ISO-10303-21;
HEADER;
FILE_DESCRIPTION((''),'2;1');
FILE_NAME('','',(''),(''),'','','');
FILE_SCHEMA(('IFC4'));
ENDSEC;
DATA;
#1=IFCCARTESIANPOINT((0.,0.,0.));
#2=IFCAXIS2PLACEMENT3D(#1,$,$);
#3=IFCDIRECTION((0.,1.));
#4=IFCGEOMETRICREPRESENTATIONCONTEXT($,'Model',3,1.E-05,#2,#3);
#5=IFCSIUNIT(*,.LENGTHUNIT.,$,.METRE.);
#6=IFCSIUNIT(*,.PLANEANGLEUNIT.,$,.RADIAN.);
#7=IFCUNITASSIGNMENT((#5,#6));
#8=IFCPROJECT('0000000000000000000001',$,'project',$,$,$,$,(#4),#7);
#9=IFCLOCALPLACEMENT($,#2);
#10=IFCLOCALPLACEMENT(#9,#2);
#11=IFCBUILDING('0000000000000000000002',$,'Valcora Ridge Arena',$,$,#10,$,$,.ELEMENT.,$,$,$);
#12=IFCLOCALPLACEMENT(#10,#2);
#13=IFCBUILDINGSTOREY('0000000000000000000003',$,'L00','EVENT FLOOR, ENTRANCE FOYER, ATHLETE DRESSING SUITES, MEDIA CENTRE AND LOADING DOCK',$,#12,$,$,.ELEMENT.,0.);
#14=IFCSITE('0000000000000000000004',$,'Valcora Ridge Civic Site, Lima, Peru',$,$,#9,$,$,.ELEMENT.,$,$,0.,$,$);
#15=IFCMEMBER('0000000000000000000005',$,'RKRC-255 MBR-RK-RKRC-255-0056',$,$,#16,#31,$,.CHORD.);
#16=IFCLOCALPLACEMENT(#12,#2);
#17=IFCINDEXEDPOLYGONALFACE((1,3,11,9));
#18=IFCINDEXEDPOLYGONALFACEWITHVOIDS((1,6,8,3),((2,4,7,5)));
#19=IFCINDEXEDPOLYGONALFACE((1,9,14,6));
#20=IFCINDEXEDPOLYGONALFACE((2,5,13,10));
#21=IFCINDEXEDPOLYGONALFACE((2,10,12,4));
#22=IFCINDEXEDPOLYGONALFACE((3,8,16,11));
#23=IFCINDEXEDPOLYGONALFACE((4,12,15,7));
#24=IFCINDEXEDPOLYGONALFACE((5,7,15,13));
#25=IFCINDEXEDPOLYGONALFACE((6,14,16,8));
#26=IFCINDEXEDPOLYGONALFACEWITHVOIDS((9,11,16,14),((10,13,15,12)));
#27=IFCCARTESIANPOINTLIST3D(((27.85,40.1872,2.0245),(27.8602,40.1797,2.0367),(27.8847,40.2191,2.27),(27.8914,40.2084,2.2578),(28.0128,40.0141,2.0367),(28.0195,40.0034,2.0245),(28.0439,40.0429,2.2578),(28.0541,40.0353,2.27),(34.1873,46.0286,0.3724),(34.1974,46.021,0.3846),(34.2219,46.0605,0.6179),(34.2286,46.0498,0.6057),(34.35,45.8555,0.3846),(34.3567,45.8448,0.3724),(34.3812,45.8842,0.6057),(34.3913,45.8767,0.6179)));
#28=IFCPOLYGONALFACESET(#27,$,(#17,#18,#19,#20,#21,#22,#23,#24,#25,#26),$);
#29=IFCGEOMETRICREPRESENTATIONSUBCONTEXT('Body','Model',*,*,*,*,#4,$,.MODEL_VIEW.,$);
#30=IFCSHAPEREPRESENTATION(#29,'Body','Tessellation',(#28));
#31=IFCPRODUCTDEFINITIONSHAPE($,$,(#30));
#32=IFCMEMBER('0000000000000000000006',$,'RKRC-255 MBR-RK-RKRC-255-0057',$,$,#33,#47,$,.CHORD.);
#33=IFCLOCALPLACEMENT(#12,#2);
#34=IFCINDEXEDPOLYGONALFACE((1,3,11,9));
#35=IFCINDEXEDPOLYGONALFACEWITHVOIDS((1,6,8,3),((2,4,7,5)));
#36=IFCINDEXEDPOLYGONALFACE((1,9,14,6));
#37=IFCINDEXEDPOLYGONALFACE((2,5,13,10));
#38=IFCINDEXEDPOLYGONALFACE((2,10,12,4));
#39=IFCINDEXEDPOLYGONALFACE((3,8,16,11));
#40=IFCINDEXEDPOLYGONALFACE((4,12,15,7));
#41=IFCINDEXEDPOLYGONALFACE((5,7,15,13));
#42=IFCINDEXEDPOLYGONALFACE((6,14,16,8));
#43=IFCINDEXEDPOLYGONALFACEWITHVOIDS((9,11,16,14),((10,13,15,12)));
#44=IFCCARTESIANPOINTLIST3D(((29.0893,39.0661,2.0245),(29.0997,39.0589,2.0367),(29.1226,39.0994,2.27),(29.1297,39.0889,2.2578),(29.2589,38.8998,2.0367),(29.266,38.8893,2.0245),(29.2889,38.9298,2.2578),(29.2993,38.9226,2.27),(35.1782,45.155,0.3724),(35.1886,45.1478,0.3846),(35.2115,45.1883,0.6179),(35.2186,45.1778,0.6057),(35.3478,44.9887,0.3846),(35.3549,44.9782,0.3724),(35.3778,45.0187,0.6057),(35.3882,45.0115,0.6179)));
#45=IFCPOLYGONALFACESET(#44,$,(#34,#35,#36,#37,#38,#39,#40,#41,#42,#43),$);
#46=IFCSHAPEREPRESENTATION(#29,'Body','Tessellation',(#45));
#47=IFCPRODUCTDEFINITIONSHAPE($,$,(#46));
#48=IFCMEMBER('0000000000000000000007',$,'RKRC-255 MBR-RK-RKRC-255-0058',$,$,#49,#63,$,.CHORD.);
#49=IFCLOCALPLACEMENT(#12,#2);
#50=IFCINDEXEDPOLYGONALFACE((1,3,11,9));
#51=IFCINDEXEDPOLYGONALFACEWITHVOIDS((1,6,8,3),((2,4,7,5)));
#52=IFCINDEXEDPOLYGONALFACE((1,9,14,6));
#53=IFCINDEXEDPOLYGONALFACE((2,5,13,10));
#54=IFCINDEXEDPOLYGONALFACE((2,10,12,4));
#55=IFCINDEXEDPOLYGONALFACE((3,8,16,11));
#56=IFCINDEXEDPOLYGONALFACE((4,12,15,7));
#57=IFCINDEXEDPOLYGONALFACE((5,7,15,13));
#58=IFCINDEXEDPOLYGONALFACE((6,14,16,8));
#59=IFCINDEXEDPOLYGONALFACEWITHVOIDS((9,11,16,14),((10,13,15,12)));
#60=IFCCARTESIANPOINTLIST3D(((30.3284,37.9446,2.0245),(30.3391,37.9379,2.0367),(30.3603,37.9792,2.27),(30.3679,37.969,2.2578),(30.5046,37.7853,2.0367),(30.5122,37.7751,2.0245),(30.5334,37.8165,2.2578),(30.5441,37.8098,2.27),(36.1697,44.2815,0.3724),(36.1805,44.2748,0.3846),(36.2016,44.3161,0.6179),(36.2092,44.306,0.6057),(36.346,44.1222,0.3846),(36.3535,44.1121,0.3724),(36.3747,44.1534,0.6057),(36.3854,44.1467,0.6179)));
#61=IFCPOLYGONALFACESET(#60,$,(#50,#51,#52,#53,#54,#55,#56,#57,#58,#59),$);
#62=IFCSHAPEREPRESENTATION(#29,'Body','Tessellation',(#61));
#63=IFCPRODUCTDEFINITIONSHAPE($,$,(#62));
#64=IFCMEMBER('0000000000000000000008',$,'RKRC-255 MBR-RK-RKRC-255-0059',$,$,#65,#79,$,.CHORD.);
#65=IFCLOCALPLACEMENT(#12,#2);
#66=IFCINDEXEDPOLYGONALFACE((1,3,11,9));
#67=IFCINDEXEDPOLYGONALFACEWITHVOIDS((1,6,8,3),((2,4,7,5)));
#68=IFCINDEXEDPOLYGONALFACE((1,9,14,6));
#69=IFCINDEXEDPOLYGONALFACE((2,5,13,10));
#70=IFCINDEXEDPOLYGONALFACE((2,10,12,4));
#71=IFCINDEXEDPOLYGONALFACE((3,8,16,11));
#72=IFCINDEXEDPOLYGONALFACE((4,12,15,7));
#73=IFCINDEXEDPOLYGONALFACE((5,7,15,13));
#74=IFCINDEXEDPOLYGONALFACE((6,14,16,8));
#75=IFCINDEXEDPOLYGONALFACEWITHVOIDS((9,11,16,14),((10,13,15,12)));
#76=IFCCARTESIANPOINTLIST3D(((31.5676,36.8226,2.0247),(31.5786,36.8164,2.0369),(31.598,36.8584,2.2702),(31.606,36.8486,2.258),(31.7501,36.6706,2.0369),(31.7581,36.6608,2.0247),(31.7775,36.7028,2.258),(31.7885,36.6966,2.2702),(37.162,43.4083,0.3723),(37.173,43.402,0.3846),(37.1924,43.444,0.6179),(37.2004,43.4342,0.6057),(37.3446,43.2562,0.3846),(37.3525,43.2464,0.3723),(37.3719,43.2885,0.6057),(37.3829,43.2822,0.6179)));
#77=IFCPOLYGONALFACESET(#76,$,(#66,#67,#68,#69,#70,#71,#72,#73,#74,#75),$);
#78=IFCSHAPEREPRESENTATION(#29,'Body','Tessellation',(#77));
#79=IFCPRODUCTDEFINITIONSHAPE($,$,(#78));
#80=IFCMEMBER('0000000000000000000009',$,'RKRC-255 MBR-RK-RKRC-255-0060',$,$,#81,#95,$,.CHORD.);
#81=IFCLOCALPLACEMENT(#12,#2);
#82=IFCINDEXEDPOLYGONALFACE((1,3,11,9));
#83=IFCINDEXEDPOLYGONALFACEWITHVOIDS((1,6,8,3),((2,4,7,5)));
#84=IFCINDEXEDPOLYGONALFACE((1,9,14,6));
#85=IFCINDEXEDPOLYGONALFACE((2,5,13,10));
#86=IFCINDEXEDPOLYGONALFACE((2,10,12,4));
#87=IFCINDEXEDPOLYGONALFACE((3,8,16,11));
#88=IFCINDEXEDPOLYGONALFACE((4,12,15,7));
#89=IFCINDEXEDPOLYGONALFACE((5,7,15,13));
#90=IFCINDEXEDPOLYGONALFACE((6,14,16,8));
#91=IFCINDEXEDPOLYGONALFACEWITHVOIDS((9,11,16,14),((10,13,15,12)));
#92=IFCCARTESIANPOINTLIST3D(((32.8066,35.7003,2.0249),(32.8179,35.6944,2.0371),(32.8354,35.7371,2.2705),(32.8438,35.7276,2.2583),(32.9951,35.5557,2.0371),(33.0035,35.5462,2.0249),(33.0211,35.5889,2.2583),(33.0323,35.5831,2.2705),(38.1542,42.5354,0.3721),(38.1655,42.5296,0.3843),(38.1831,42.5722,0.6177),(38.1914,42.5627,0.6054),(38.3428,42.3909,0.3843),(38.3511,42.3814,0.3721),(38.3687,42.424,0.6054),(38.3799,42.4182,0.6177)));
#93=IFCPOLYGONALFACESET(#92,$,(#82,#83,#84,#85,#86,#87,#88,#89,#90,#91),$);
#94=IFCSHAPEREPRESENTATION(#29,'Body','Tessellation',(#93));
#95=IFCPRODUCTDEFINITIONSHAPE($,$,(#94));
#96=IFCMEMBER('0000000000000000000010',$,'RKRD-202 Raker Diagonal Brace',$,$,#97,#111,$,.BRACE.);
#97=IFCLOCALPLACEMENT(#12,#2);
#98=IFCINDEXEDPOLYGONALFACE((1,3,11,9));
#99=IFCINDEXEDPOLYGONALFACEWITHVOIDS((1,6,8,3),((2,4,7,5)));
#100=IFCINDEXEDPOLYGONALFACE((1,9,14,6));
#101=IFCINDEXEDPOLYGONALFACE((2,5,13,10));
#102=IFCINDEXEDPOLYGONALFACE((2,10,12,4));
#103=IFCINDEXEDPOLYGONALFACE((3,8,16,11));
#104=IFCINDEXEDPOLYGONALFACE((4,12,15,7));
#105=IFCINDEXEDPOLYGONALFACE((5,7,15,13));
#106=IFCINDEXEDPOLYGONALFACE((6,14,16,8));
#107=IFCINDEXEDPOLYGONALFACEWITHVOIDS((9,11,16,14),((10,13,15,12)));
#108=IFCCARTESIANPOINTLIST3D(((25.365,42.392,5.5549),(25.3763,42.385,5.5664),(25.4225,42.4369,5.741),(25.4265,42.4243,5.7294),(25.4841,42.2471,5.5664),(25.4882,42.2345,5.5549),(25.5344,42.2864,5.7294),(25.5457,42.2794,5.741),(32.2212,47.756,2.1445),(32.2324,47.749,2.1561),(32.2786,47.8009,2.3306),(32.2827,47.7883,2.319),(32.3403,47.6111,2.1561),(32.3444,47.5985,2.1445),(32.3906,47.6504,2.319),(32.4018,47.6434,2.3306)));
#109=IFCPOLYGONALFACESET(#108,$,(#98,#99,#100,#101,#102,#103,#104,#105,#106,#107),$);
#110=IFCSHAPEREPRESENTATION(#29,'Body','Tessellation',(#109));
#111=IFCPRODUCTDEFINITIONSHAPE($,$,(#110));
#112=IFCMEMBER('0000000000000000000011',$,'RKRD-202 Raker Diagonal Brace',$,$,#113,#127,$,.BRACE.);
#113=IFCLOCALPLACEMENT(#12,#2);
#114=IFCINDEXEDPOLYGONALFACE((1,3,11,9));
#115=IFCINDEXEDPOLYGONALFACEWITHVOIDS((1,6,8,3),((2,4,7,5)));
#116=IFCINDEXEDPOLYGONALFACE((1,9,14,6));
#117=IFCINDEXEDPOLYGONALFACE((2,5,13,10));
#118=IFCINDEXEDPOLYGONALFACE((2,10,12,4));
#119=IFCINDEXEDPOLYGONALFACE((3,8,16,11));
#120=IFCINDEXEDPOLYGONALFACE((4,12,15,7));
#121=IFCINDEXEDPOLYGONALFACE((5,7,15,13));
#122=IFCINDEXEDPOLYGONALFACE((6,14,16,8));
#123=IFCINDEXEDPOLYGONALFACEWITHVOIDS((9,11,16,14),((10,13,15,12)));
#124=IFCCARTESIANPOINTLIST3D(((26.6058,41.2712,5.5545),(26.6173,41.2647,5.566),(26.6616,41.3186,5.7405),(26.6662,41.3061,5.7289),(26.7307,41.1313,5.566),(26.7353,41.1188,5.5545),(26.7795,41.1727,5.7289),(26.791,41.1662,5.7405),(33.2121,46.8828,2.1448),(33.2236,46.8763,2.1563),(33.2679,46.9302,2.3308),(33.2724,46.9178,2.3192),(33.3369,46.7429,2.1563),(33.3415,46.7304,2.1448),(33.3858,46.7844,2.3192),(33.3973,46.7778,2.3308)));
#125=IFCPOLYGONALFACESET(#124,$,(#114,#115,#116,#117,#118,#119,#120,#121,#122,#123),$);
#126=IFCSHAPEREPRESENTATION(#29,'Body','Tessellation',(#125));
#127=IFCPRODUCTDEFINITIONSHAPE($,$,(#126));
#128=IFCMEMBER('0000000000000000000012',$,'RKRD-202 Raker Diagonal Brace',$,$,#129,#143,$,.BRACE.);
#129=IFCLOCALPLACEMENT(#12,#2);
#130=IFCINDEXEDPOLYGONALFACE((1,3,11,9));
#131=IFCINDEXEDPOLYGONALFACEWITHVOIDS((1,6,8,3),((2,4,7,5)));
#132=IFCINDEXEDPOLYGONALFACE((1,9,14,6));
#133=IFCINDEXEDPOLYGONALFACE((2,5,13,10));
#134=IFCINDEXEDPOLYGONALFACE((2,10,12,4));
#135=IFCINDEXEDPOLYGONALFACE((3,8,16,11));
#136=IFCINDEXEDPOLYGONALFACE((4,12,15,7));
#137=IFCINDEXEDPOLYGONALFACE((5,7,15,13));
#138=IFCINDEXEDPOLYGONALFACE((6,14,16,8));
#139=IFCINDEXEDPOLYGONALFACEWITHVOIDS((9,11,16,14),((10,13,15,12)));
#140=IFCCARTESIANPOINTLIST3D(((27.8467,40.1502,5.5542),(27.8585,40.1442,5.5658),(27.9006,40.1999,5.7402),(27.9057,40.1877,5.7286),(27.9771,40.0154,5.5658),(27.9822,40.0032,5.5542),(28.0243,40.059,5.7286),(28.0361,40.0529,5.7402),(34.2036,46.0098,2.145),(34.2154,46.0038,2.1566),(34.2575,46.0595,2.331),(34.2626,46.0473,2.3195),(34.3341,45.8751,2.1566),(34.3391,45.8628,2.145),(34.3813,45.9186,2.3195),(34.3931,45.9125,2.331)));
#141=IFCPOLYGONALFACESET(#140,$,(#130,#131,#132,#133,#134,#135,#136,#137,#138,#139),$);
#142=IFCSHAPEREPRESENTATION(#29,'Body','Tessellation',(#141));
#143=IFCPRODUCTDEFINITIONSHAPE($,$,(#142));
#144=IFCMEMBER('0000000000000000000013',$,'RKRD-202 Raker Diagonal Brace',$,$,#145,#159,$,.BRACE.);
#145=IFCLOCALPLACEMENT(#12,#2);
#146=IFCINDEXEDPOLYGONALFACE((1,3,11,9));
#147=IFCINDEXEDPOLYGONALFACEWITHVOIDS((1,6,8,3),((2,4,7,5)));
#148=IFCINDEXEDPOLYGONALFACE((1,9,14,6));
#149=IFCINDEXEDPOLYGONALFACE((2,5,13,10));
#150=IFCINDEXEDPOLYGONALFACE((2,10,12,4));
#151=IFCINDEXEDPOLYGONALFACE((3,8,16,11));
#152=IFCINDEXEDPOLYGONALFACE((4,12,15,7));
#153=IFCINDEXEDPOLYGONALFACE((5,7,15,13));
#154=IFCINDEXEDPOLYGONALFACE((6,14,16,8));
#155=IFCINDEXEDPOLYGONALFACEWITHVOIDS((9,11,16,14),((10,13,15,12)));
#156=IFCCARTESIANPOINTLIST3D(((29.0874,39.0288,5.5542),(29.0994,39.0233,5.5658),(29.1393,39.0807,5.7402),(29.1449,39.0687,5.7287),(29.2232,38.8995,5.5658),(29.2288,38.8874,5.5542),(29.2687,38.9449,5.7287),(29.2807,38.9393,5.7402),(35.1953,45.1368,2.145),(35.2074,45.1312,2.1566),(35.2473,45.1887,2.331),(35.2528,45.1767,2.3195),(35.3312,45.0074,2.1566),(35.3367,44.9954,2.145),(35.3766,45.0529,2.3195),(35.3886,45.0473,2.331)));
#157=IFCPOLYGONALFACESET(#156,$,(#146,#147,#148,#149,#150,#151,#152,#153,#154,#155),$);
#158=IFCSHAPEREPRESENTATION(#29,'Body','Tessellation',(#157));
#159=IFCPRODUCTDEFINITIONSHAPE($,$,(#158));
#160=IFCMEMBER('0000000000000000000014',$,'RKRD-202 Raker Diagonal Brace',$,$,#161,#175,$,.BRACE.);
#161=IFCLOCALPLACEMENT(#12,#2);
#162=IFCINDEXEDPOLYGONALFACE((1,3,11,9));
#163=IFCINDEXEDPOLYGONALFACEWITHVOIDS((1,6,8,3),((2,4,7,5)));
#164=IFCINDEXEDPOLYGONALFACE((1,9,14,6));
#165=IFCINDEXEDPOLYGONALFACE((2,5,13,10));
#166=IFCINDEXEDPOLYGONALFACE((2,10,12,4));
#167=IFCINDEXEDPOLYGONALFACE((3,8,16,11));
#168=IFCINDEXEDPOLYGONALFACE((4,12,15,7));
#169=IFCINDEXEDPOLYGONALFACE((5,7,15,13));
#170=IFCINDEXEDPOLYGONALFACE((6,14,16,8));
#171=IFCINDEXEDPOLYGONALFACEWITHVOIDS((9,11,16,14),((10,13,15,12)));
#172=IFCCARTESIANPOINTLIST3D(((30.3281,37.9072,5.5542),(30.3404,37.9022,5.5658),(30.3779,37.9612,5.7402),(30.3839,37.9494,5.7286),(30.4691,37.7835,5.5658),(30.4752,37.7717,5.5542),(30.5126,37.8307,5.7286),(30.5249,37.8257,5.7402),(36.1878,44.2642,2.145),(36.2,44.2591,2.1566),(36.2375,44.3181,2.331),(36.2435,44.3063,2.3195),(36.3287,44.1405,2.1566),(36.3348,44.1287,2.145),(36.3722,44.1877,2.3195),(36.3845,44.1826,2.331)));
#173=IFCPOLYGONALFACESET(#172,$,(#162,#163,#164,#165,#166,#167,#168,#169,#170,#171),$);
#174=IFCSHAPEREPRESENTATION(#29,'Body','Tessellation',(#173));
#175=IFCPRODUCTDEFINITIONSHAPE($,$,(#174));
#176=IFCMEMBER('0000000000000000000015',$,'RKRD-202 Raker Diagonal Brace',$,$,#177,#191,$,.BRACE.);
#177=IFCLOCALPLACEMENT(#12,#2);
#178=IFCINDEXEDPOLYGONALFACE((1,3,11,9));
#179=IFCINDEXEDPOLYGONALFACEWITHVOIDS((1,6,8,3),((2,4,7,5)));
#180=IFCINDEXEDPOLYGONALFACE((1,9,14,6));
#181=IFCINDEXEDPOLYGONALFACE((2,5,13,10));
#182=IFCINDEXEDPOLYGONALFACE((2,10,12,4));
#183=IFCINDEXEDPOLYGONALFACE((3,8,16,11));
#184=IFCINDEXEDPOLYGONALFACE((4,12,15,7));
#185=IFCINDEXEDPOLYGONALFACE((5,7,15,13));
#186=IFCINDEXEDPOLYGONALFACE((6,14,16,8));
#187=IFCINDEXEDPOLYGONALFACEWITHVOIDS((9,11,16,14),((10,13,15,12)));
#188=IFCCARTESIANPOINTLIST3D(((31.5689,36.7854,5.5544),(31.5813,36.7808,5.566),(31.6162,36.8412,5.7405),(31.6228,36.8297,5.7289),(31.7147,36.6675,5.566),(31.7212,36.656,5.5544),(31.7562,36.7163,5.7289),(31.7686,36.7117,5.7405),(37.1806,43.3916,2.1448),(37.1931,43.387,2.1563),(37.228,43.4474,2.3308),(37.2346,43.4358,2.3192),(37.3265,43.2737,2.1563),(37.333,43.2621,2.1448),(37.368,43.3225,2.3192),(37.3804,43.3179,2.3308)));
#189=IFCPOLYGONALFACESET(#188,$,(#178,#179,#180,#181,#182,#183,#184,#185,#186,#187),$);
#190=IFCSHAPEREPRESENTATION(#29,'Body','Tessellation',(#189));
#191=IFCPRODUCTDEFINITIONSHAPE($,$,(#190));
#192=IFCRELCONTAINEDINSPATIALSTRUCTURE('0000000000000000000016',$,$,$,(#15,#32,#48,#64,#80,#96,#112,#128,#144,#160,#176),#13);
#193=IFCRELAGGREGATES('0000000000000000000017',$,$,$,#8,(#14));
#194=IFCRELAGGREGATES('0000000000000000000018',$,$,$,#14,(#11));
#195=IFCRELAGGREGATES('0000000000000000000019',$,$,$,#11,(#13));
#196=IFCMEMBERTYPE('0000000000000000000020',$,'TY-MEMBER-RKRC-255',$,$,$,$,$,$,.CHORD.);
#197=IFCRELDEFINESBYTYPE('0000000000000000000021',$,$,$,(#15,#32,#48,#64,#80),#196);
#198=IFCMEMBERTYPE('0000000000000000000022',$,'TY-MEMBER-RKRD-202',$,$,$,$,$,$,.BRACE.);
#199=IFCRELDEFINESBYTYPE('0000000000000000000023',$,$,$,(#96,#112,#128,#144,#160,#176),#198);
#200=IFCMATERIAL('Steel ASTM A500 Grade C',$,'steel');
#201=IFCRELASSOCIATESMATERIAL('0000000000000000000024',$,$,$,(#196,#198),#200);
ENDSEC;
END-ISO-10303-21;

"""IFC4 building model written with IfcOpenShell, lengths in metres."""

from ifc_helpers import new_model, si_unit, direction, frame, origin, origin_2d, place, context, subcontext, project, spatial, hollow_rectangle, extrude, material, material_profile, profile_set, type_object, element, save


model = new_model("IFC4")

# Units and contexts
model_context = context("Model", 3, precision=1e-05, world=origin(), true_north=direction((0.0, 1.0)))
body_context = subcontext(model_context, "Body", "Model", "MODEL_VIEW")
ifc_project = project(units=[si_unit("LENGTHUNIT", "METRE"), si_unit("PLANEANGLEUNIT", "RADIAN")], contexts=[model_context])

# Site, building, storey
site_placement = place(None, origin())
site = spatial("IfcSite", under=ifc_project, at=site_placement, Name="Valcora Ridge Civic Site, Lima, Peru", CompositionType="ELEMENT", RefElevation=0.0)
building_placement = place(site_placement, origin())
building = spatial("IfcBuilding", under=site, at=building_placement, Name="Valcora Ridge Arena", CompositionType="ELEMENT")
storey_placement = place(building_placement, origin())
storey = spatial("IfcBuildingStorey", under=building, at=storey_placement, Name="L00", Description="EVENT FLOOR, ENTRANCE FOYER, ATHLETE DRESSING SUITES, MEDIA CENTRE AND LOADING DOCK", CompositionType="ELEMENT", Elevation=0.0)

# Members
ifc_material_1 = material(Name="Steel ASTM A500 Grade C", Category="steel")
ifc_material_profile_1 = material_profile(ifc_material_1, hollow_rectangle(XDim=0.25, YDim=0.25, WallThickness=0.0125, at=origin_2d()), Name="HSS250X250X12")
ifc_profile_set_1 = profile_set([ifc_material_profile_1], Name="Steel ASTM A500 Grade C")
member_type_1 = type_object("IfcMemberType", Name="TY-MEMBER-RKRC-255", PredefinedType="CHORD", material=ifc_profile_set_1)
member_1_placement = place(storey_placement, frame((34.2893, 45.9526, 0.4951), z_axis=(-0.72214, -0.665636, 0.188262), x_axis=(0.677755, -0.735288, 0.0)))
element("IfcMember", 1, at=member_1_placement, inside=storey, type_object=member_type_1, Name="RKRC-255 MBR-RK-RKRC-255-0056", PredefinedType="CHORD", context=body_context, shape_type="SweptSolid", body=[
    extrude(hollow_rectangle(XDim=0.25, YDim=0.25, WallThickness=0.0125, at=origin_2d()), origin(), (0.0, 0.0, 1.0), 8.7756),
])
member_2_placement = place(storey_placement, frame((35.2832, 45.0833, 0.4951), z_axis=(-0.694441, -0.694441, 0.188424), x_axis=(0.707107, -0.707107, 0.0)))
element("IfcMember", 2, at=member_2_placement, inside=storey, type_object=member_type_1, Name="RKRC-255 MBR-RK-RKRC-255-0057", PredefinedType="CHORD", context=body_context, shape_type="SweptSolid", body=[
    extrude(hollow_rectangle(XDim=0.25, YDim=0.25, WallThickness=0.0125, at=origin_2d()), origin(), (0.0, 0.0, 1.0), 8.7681),
])
member_3_placement = place(storey_placement, frame((36.2776, 44.2141, 0.4951), z_axis=(-0.66565, -0.722126, 0.188266), x_axis=(0.735275, -0.677769, 0.0)))
element("IfcMember", 3, at=member_3_placement, inside=storey, type_object=member_type_1, Name="RKRC-255 MBR-RK-RKRC-255-0058", PredefinedType="CHORD", context=body_context, shape_type="SweptSolid", body=[
    extrude(hollow_rectangle(XDim=0.25, YDim=0.25, WallThickness=0.0125, at=origin_2d()), origin(), (0.0, 0.0, 1.0), 8.7754),
])
member_4_placement = place(storey_placement, frame((37.2725, 43.3452, 0.4951), z_axis=(-0.635902, -0.748568, 0.187815), x_axis=(0.762131, -0.647423, 0.0)))
element("IfcMember", 4, at=member_4_placement, inside=storey, type_object=member_type_1, Name="RKRC-255 MBR-RK-RKRC-255-0059", PredefinedType="CHORD", context=body_context, shape_type="SweptSolid", body=[
    extrude(hollow_rectangle(XDim=0.25, YDim=0.25, WallThickness=0.0125, at=origin_2d()), origin(), (0.0, 0.0, 1.0), 8.7976),
])
member_5_placement = place(storey_placement, frame((38.2671, 42.4768, 0.4949), z_axis=(-0.605312, -0.77369, 0.187087), x_axis=(0.787596, -0.616191, 0.0)))
element("IfcMember", 5, at=member_5_placement, inside=storey, type_object=member_type_1, Name="RKRC-255 MBR-RK-RKRC-255-0060", PredefinedType="CHORD", context=body_context, shape_type="SweptSolid", body=[
    extrude(hollow_rectangle(XDim=0.25, YDim=0.25, WallThickness=0.0125, at=origin_2d()), origin(), (0.0, 0.0, 1.0), 8.8345),
])
ifc_material_profile_2 = material_profile(ifc_material_1, hollow_rectangle(XDim=0.2, YDim=0.2, WallThickness=0.0125, at=origin_2d()), Name="HSS200X200X12")
ifc_profile_set_2 = profile_set([ifc_material_profile_2], Name="Steel ASTM A500 Grade C")
member_type_2 = type_object("IfcMemberType", Name="TY-MEMBER-RKRD-202", PredefinedType="BRACE", material=ifc_profile_set_2)
member_6_placement = place(storey_placement, frame((32.3115, 47.6997, 2.2375), z_axis=(-0.733332, -0.573729, 0.364773), x_axis=(0.616187, -0.7876, 0.0)))
element("IfcMember", 6, at=member_6_placement, inside=storey, type_object=member_type_2, Name="RKRD-202 Raker Diagonal Brace", PredefinedType="BRACE", context=body_context, shape_type="SweptSolid", body=[
    extrude(hollow_rectangle(XDim=0.2, YDim=0.2, WallThickness=0.0125, at=origin_2d()), origin(), (0.0, 0.0, 1.0), 9.3494),
])
member_7_placement = place(storey_placement, frame((33.3047, 46.8303, 2.2378), z_axis=(-0.709248, -0.602464, 0.366065), x_axis=(0.647401, -0.76215, 0.0)))
element("IfcMember", 7, at=member_7_placement, inside=storey, type_object=member_type_2, Name="RKRD-202 Raker Diagonal Brace", PredefinedType="BRACE", context=body_context, shape_type="SweptSolid", body=[
    extrude(hollow_rectangle(XDim=0.2, YDim=0.2, WallThickness=0.0125, at=origin_2d()), origin(), (0.0, 0.0, 1.0), 9.3145),
])
member_8_placement = place(storey_placement, frame((34.2983, 45.9612, 2.238), z_axis=(-0.684023, -0.630511, 0.366837), x_axis=(0.67776, -0.735283, 0.0)))
element("IfcMember", 8, at=member_8_placement, inside=storey, type_object=member_type_2, Name="RKRD-202 Raker Diagonal Brace", PredefinedType="BRACE", context=body_context, shape_type="SweptSolid", body=[
    extrude(hollow_rectangle(XDim=0.2, YDim=0.2, WallThickness=0.0125, at=origin_2d()), origin(), (0.0, 0.0, 1.0), 9.2935),
])
member_9_placement = place(storey_placement, frame((35.292, 45.092, 2.238), z_axis=(-0.657732, -0.657732, 0.367119), x_axis=(0.707107, -0.707107, 0.0)))
element("IfcMember", 9, at=member_9_placement, inside=storey, type_object=member_type_2, Name="RKRD-202 Raker Diagonal Brace", PredefinedType="BRACE", context=body_context, shape_type="SweptSolid", body=[
    extrude(hollow_rectangle(XDim=0.2, YDim=0.2, WallThickness=0.0125, at=origin_2d()), origin(), (0.0, 0.0, 1.0), 9.2864),
])
member_10_placement = place(storey_placement, frame((36.2861, 44.2234, 2.238), z_axis=(-0.630511, -0.684023, 0.366837), x_axis=(0.735283, -0.67776, 0.0)))
element("IfcMember", 10, at=member_10_placement, inside=storey, type_object=member_type_2, Name="RKRD-202 Raker Diagonal Brace", PredefinedType="BRACE", context=body_context, shape_type="SweptSolid", body=[
    extrude(hollow_rectangle(XDim=0.2, YDim=0.2, WallThickness=0.0125, at=origin_2d()), origin(), (0.0, 0.0, 1.0), 9.2935),
])
member_11_placement = place(storey_placement, frame((37.2805, 43.3547, 2.2378), z_axis=(-0.602481, -0.709237, 0.36606), x_axis=(0.762136, -0.647417, 0.0)))
element("IfcMember", 11, at=member_11_placement, inside=storey, type_object=member_type_2, Name="RKRD-202 Raker Diagonal Brace", PredefinedType="BRACE", context=body_context, shape_type="SweptSolid", body=[
    extrude(hollow_rectangle(XDim=0.2, YDim=0.2, WallThickness=0.0125, at=origin_2d()), origin(), (0.0, 0.0, 1.0), 9.3145),
])

save(model, "model.ifc")
